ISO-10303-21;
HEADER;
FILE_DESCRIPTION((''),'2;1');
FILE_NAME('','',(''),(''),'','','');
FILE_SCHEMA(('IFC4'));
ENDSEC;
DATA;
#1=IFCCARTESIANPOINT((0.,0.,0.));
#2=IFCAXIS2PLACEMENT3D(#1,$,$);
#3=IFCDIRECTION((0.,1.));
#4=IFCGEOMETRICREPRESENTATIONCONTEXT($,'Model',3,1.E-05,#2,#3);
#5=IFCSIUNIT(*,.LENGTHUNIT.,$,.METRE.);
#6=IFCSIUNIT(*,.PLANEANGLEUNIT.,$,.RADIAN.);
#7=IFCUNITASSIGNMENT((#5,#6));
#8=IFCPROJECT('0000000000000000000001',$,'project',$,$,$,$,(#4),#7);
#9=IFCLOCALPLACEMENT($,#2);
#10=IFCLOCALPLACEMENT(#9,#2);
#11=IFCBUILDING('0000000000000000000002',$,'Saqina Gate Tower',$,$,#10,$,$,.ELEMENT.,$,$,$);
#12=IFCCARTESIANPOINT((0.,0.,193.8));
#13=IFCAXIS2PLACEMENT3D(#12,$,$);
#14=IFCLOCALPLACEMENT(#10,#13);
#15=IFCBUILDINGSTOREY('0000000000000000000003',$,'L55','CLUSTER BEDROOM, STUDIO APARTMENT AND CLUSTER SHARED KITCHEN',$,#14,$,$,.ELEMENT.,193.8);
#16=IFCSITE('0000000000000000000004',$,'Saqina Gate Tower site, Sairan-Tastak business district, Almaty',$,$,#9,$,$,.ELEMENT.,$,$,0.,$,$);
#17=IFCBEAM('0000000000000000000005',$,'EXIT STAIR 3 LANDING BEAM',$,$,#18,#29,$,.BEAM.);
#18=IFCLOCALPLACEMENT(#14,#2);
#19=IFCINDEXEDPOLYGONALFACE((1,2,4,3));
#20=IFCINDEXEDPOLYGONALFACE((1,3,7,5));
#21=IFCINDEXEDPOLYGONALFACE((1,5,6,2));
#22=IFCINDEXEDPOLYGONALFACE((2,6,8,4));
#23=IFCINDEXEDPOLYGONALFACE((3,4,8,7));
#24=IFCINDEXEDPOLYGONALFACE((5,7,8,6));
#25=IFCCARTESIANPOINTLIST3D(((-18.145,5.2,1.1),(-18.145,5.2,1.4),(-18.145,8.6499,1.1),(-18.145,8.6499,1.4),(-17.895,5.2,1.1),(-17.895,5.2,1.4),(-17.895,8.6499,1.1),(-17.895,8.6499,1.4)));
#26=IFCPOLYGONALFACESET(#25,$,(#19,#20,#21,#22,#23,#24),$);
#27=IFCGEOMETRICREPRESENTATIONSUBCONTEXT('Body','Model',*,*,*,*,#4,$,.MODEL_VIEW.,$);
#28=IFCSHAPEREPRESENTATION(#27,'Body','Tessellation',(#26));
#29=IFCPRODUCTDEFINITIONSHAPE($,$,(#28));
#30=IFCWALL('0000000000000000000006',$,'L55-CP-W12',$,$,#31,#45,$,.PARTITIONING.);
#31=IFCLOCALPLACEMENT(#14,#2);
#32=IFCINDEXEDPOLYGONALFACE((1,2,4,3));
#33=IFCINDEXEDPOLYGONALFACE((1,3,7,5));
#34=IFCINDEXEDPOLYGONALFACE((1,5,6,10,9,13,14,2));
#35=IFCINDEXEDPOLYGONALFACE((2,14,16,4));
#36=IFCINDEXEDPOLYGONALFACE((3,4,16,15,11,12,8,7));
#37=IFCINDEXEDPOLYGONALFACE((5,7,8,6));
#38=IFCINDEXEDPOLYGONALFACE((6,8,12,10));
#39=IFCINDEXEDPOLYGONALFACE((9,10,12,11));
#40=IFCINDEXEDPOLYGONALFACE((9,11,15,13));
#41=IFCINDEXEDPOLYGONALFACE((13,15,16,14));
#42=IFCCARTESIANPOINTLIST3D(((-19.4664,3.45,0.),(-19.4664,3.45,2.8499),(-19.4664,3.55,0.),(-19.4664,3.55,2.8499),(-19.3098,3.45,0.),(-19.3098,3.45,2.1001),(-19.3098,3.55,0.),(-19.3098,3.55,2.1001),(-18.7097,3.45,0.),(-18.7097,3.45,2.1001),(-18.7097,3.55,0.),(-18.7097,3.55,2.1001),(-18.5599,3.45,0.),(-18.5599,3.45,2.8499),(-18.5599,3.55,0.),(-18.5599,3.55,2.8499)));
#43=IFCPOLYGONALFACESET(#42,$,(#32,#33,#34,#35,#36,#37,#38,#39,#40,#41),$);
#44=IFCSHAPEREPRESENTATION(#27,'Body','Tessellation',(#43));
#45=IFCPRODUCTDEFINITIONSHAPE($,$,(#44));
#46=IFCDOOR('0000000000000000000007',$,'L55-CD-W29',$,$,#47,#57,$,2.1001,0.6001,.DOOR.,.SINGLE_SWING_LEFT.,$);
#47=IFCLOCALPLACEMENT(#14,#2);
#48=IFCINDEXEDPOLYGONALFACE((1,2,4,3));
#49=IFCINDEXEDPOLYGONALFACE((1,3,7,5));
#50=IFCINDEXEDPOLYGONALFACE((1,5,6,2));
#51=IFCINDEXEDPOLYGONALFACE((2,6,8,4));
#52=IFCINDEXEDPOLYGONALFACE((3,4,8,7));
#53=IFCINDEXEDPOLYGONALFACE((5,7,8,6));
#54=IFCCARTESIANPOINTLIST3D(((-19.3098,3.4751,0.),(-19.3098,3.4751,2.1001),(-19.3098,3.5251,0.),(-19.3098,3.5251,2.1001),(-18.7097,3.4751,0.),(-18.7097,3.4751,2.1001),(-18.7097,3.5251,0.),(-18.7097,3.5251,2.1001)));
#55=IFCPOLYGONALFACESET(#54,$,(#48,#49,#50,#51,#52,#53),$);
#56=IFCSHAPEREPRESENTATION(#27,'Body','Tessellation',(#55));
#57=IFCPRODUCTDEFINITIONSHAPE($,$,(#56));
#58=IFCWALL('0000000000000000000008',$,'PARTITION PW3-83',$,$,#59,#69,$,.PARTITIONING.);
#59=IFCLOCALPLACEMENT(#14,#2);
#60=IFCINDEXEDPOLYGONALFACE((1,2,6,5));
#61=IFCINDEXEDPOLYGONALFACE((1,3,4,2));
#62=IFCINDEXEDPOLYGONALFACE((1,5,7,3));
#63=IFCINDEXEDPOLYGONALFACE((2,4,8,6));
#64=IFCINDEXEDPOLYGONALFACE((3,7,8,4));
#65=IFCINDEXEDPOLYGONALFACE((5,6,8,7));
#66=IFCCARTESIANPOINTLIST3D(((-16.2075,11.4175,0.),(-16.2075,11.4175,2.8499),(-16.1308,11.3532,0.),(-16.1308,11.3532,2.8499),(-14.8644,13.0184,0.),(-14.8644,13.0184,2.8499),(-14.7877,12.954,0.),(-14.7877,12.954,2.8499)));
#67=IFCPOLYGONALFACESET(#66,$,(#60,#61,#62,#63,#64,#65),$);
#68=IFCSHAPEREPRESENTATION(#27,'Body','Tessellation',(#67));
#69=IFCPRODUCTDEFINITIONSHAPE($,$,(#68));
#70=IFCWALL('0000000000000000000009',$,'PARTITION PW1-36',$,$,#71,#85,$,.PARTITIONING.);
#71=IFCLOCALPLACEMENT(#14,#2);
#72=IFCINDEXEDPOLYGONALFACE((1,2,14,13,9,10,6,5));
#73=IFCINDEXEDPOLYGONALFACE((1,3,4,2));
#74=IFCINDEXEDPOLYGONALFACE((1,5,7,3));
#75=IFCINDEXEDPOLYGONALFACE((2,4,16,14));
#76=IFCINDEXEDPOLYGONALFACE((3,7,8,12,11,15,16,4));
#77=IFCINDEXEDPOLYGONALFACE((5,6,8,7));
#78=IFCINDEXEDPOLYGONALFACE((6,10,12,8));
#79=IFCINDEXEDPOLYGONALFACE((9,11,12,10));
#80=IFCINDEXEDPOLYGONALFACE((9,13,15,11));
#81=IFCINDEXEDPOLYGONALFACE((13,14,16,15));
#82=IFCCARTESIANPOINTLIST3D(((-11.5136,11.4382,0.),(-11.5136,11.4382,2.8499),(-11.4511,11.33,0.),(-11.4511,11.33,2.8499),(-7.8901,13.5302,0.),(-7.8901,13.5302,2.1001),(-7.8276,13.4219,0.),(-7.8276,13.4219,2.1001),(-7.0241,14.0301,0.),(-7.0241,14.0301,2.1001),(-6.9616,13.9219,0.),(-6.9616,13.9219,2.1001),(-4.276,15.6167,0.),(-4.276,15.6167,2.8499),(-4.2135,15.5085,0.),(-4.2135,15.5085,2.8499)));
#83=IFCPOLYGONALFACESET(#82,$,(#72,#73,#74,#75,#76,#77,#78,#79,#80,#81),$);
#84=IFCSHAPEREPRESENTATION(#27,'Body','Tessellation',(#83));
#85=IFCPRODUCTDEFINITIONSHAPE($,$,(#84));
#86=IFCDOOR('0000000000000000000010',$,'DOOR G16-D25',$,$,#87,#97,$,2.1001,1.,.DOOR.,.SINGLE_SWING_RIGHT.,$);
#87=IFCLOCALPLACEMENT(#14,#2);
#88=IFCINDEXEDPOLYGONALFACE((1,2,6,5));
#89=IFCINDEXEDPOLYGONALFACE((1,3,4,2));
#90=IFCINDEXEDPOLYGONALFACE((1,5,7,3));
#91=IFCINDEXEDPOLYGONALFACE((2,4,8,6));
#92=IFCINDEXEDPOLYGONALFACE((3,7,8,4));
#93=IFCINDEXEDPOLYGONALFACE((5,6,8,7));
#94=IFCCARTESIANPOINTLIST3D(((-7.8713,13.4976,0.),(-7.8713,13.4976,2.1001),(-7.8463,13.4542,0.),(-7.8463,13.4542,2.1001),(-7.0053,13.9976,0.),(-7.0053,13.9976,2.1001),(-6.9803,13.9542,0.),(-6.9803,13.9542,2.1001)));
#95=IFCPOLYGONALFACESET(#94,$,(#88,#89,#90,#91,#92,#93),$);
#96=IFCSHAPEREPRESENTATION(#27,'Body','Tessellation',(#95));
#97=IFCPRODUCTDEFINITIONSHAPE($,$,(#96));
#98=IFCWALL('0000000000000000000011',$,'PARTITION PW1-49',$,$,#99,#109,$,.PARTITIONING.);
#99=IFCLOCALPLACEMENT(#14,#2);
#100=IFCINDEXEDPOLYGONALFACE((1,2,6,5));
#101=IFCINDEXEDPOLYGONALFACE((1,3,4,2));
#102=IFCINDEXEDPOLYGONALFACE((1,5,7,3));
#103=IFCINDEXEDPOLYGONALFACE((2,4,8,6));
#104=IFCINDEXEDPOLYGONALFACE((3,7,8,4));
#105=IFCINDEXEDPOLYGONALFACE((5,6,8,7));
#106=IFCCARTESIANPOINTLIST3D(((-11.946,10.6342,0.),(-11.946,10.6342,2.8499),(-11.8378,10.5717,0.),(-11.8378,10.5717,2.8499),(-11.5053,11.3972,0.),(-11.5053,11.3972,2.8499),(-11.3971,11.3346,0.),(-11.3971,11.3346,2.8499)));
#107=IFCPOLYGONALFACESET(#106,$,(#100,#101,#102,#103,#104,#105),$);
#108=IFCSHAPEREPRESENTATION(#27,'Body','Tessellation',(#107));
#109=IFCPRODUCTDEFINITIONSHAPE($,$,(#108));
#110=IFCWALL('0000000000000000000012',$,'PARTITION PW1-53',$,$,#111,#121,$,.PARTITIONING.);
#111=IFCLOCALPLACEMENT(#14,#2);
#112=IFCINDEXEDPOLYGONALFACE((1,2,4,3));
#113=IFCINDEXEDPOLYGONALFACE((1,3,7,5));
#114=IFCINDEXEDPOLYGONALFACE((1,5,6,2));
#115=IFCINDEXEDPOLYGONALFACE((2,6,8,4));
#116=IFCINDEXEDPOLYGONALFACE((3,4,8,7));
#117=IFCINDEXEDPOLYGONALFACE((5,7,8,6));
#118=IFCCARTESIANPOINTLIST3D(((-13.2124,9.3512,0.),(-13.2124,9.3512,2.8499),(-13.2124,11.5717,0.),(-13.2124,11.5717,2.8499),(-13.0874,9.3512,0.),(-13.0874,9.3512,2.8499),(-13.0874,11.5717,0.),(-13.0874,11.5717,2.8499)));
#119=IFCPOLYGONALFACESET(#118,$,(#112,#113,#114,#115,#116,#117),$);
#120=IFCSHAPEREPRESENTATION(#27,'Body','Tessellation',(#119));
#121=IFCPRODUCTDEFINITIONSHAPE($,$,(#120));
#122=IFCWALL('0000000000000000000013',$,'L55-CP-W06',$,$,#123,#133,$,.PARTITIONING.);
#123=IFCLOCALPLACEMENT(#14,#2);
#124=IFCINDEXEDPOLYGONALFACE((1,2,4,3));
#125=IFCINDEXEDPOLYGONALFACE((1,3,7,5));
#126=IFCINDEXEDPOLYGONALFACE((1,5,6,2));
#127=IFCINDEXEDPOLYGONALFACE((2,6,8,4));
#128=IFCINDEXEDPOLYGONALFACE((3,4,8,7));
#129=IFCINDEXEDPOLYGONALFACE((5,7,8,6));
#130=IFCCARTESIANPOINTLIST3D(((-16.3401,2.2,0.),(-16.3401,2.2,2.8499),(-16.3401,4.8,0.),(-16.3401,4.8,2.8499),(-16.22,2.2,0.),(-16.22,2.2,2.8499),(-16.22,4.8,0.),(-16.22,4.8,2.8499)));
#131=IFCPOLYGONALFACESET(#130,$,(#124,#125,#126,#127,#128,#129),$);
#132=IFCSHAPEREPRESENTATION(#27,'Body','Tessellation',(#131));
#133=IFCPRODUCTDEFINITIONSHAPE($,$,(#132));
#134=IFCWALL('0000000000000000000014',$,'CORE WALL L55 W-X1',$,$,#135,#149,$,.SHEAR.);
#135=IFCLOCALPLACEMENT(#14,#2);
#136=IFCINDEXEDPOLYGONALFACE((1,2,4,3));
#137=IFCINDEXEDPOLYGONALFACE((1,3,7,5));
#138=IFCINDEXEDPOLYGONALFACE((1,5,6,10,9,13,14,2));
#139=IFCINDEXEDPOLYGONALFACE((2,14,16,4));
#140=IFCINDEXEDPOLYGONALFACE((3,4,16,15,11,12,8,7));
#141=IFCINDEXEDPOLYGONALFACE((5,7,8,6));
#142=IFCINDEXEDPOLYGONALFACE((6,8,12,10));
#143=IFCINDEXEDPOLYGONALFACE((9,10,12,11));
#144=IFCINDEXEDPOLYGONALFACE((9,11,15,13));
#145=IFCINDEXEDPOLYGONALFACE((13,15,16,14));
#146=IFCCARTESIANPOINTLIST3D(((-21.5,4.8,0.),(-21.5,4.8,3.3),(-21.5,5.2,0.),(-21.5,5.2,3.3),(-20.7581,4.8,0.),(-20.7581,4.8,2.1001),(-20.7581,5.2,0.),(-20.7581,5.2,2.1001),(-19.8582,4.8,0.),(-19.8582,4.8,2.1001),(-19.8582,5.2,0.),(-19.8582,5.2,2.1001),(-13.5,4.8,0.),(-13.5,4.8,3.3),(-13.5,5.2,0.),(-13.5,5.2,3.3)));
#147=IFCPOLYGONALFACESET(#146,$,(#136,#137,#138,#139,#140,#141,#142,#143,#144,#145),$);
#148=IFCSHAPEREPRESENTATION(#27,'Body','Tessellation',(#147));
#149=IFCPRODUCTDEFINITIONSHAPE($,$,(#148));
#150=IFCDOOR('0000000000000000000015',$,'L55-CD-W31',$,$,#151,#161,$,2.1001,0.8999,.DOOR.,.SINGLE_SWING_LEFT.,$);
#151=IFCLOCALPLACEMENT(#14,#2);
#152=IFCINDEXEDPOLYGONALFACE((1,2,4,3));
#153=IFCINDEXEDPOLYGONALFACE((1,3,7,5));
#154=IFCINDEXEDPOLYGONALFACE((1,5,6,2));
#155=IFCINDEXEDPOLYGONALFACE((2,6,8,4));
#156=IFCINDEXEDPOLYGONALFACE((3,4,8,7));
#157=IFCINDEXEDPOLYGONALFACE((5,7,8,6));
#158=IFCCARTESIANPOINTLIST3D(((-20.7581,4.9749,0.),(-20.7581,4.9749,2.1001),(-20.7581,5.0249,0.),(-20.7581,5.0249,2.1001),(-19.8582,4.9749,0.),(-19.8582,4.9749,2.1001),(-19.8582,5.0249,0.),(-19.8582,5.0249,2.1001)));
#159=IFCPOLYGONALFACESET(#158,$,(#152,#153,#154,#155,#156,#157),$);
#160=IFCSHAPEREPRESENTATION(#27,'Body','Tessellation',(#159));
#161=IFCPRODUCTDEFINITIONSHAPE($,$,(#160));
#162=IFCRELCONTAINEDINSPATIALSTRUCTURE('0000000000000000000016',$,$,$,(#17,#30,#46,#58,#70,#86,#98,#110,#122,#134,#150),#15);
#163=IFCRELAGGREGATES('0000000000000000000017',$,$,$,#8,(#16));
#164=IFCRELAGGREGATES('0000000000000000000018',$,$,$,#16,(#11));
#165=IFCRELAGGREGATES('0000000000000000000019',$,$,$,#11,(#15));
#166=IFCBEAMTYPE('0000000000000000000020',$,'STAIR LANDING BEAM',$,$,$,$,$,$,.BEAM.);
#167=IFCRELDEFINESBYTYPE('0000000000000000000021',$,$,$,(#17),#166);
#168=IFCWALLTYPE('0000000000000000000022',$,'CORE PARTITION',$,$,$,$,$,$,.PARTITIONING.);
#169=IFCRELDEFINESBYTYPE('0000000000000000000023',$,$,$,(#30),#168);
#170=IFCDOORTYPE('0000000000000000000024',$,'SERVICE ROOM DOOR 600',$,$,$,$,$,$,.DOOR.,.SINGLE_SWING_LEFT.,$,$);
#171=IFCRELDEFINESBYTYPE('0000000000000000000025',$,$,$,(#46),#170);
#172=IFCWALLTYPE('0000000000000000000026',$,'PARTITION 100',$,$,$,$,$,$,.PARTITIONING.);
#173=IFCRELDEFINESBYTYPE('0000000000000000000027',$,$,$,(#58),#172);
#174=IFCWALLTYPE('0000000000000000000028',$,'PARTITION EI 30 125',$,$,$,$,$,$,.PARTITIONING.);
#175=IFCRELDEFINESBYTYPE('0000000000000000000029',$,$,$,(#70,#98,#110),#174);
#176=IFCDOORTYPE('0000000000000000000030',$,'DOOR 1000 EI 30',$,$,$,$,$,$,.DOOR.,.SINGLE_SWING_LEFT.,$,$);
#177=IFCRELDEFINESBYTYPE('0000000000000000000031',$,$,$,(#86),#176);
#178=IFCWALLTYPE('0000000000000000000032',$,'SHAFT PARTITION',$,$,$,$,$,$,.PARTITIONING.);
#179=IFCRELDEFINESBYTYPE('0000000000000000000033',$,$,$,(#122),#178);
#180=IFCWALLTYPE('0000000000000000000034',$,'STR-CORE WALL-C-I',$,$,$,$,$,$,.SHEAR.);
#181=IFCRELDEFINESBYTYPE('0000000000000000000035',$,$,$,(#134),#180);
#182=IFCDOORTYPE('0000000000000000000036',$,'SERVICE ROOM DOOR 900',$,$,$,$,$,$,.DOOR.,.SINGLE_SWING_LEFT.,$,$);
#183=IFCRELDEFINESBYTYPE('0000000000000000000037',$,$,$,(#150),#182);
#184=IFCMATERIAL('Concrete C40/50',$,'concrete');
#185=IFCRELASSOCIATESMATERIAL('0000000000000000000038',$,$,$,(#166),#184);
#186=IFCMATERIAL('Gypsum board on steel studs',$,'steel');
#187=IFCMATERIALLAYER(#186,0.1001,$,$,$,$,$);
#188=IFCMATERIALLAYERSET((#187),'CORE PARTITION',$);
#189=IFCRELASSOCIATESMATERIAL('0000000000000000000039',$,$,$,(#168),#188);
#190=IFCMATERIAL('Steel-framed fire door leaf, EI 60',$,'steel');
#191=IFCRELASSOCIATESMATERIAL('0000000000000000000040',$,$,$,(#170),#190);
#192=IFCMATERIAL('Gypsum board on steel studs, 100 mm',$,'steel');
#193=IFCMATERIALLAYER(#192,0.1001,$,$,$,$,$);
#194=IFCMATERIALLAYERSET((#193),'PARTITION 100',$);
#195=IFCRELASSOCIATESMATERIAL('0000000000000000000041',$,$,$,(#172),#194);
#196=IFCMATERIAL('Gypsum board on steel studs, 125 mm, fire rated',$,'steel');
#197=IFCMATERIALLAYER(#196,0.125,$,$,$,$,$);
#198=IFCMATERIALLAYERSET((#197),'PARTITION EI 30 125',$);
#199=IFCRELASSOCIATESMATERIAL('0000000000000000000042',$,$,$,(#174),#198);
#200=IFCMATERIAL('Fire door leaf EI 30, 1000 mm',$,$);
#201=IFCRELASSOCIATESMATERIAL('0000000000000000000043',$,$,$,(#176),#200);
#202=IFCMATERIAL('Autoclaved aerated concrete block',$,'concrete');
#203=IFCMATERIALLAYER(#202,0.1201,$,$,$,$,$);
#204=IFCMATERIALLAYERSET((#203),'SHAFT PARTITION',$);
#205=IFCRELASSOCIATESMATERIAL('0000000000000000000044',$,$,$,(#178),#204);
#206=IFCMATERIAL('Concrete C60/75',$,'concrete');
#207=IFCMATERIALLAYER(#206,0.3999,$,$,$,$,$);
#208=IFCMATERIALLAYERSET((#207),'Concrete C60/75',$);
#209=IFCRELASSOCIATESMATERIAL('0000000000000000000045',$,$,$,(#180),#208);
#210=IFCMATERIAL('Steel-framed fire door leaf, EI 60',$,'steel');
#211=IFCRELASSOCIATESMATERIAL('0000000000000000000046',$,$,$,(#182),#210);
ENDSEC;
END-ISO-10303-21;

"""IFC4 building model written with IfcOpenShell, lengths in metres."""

from ifc_helpers import new_model, si_unit, direction, frame, frame_2d, origin, origin_2d, place, context, subcontext, project, spatial, rectangle, extrude, material, layer, layer_set, material_profile, profile_set, type_object, element, fill, save


model = new_model("IFC4")

# Units and contexts
model_context = context("Model", 3, precision=1e-05, world=origin(), true_north=direction((0.0, 1.0)))
body_context = subcontext(model_context, "Body", "Model", "MODEL_VIEW")
ifc_project = project(units=[si_unit("LENGTHUNIT", "METRE"), si_unit("PLANEANGLEUNIT", "RADIAN")], contexts=[model_context])

# Site, building, storey
site_placement = place(None, origin())
site = spatial("IfcSite", under=ifc_project, at=site_placement, Name="Saqina Gate Tower site, Sairan-Tastak business district, Almaty", CompositionType="ELEMENT", RefElevation=0.0)
building_placement = place(site_placement, origin())
building = spatial("IfcBuilding", under=site, at=building_placement, Name="Saqina Gate Tower", CompositionType="ELEMENT")
storey_placement = place(building_placement, frame((0.0, 0.0, 193.8)))
storey = spatial("IfcBuildingStorey", under=building, at=storey_placement, Name="L55", Description="CLUSTER BEDROOM, STUDIO APARTMENT AND CLUSTER SHARED KITCHEN", CompositionType="ELEMENT", Elevation=193.8)

# Beam
ifc_material_1 = material(Name="Concrete C40/50", Category="concrete")
ifc_material_profile = material_profile(ifc_material_1, rectangle(XDim=0.25, YDim=0.3, at=origin_2d()), Name="STAIR LANDING BEAM")
ifc_profile_set = profile_set([ifc_material_profile], Name="Concrete C40/50")
beam_type = type_object("IfcBeamType", Name="STAIR LANDING BEAM", PredefinedType="BEAM", material=ifc_profile_set)
beam_placement = place(storey_placement, frame((-18.02, 5.2, 1.25), z_axis=(0.0, 1.0, 0.0), x_axis=(-1.0, 0.0, 0.0)))
element("IfcBeam", 1, at=beam_placement, inside=storey, type_object=beam_type, Name="EXIT STAIR 3 LANDING BEAM", PredefinedType="BEAM", context=body_context, shape_type="SweptSolid", body=[
    extrude(rectangle(XDim=0.25, YDim=0.3, at=origin_2d()), origin(), (0.0, 0.0, 1.0), 3.45),
])

# Wall, opening, door
ifc_material_2 = material(Name="Gypsum board on steel studs", Category="steel")
ifc_layer_1 = layer(ifc_material_2, 0.1001)
ifc_layer_set_1 = layer_set([ifc_layer_1], Name="CORE PARTITION")
wall_type_1 = type_object("IfcWallType", Name="CORE PARTITION", PredefinedType="PARTITIONING", material=ifc_layer_set_1)
wall_1_placement = place(storey_placement, frame((-18.5601, 3.5, 0.0), z_axis=(0.0, 0.0, 1.0), x_axis=(-1.0, 0.0, 0.0)))
wall_1 = element("IfcWall", 2, at=wall_1_placement, inside=storey, type_object=wall_type_1, Name="L55-CP-W12", PredefinedType="PARTITIONING", context=body_context, shape_type="SweptSolid", body=[
    extrude(rectangle(XDim=0.9065, YDim=0.1001, at=frame_2d((0.4531, 0.0))), origin(), (0.0, 0.0, 1.0), 2.8499),
])
opening_1_placement = place(wall_1_placement, frame((0.1497, 0.0, 0.0)))
opening_1 = element("IfcOpeningElement", 3, at=opening_1_placement, cuts=wall_1, PredefinedType="OPENING", context=body_context, shape_type="SweptSolid", body=[
    extrude(rectangle(XDim=0.6001, YDim=2.1001, at=frame_2d((0.3, 1.05))), frame((0.0, 0.062, 0.0), z_axis=(0.0, -1.0, 0.0), x_axis=(1.0, 0.0, 0.0)), (0.0, 0.0, 1.0), 0.124),
])
ifc_material_3 = material(Name="Steel-framed fire door leaf, EI 60", Category="steel")
door_type_1 = type_object("IfcDoorType", Name="SERVICE ROOM DOOR 600", OperationType="SINGLE_SWING_LEFT", PredefinedType="DOOR", material=ifc_material_3)
door_1_placement = place(opening_1_placement, origin())
door_1 = element("IfcDoor", 4, at=door_1_placement, inside=storey, type_object=door_type_1, Name="L55-CD-W29", OperationType="SINGLE_SWING_LEFT", OverallHeight=2.1001, OverallWidth=0.6001, PredefinedType="DOOR", context=body_context, shape_type="SweptSolid", body=[
    extrude(rectangle(XDim=0.6001, YDim=2.1001, at=frame_2d((0.3, 1.05))), frame((0.0, 0.0249, 0.0), z_axis=(0.0, -1.0, 0.0), x_axis=(1.0, 0.0, 0.0)), (0.0, 0.0, 1.0), 0.05),
])
fill(opening_1, door_1)

# Wall
ifc_material_4 = material(Name="Gypsum board on steel studs, 100 mm", Category="steel")
ifc_layer_2 = layer(ifc_material_4, 0.1001)
ifc_layer_set_2 = layer_set([ifc_layer_2], Name="PARTITION 100")
wall_type_2 = type_object("IfcWallType", Name="PARTITION 100", PredefinedType="PARTITIONING", material=ifc_layer_set_2)
wall_2_placement = place(storey_placement, frame((-16.1692, 11.3853, 0.0), z_axis=(0.0, 0.0, 1.0), x_axis=(0.642721, 0.766101, 0.0)))
element("IfcWall", 5, at=wall_2_placement, inside=storey, type_object=wall_type_2, Name="PARTITION PW3-83", PredefinedType="PARTITIONING", context=body_context, shape_type="SweptSolid", body=[
    extrude(rectangle(XDim=2.0896, YDim=0.1001, at=frame_2d((1.0449, 0.0))), origin(), (0.0, 0.0, 1.0), 2.8499),
])

# Wall, opening, door
ifc_material_5 = material(Name="Gypsum board on steel studs, 125 mm, fire rated", Category="steel")
ifc_layer_3 = layer(ifc_material_5, 0.125)
ifc_layer_set_3 = layer_set([ifc_layer_3], Name="PARTITION EI 30 125")
wall_type_3 = type_object("IfcWallType", Name="PARTITION EI 30 125", PredefinedType="PARTITIONING", material=ifc_layer_set_3)
wall_3_placement = place(storey_placement, frame((-11.4824, 11.384, 0.0), z_axis=(0.0, 0.0, 1.0), x_axis=(0.866032, 0.499988, 0.0)))
wall_3 = element("IfcWall", 6, at=wall_3_placement, inside=storey, type_object=wall_type_3, Name="PARTITION PW1-36", PredefinedType="PARTITIONING", context=body_context, shape_type="SweptSolid", body=[
    extrude(rectangle(XDim=8.3572, YDim=0.125, at=frame_2d((4.1787, 0.0))), origin(), (0.0, 0.0, 1.0), 2.8499),
])
opening_2_placement = place(wall_3_placement, frame((4.1841, 0.0, 0.0)))
opening_2 = element("IfcOpeningElement", 7, at=opening_2_placement, cuts=wall_3, PredefinedType="OPENING", context=body_context, shape_type="SweptSolid", body=[
    extrude(rectangle(XDim=1.0, YDim=2.1001, at=frame_2d((0.5, 1.05))), frame((0.0, 0.0745, 0.0), z_axis=(0.0, -1.0, 0.0), x_axis=(1.0, 0.0, 0.0)), (0.0, 0.0, 1.0), 0.1489),
])
ifc_material_6 = material(Name="Fire door leaf EI 30, 1000 mm")
door_type_2 = type_object("IfcDoorType", Name="DOOR 1000 EI 30", OperationType="SINGLE_SWING_LEFT", PredefinedType="DOOR", material=ifc_material_6)
door_2_placement = place(opening_2_placement, origin())
door_2 = element("IfcDoor", 8, at=door_2_placement, inside=storey, type_object=door_type_2, Name="DOOR G16-D25", OperationType="SINGLE_SWING_RIGHT", OverallHeight=2.1001, OverallWidth=1.0, PredefinedType="DOOR", context=body_context, shape_type="SweptSolid", body=[
    extrude(rectangle(XDim=1.0, YDim=2.1001, at=frame_2d((0.5, 1.05))), frame((0.0, 0.0249, 0.0), z_axis=(0.0, -1.0, 0.0), x_axis=(1.0, 0.0, 0.0)), (0.0, 0.0, 1.0), 0.05),
])
fill(opening_2, door_2)

# Walls
wall_4_placement = place(storey_placement, frame((-11.8918, 10.603, 0.0), z_axis=(0.0, 0.0, 1.0), x_axis=(0.500162, 0.865932, 0.0)))
element("IfcWall", 9, at=wall_4_placement, inside=storey, type_object=wall_type_3, Name="PARTITION PW1-49", PredefinedType="PARTITIONING", context=body_context, shape_type="SweptSolid", body=[
    extrude(rectangle(XDim=0.8811, YDim=0.125, at=frame_2d((0.4404, 0.0))), origin(), (0.0, 0.0, 1.0), 2.8499),
])
wall_5_placement = place(storey_placement, frame((-13.1499, 9.3511, 0.0), z_axis=(0.0, 0.0, 1.0), x_axis=(0.0, 1.0, 0.0)))
element("IfcWall", 10, at=wall_5_placement, inside=storey, type_object=wall_type_3, Name="PARTITION PW1-53", PredefinedType="PARTITIONING", context=body_context, shape_type="SweptSolid", body=[
    extrude(rectangle(XDim=2.2205, YDim=0.125, at=frame_2d((1.1104, 0.0))), origin(), (0.0, 0.0, 1.0), 2.8499),
])
ifc_material_7 = material(Name="Autoclaved aerated concrete block", Category="concrete")
ifc_layer_4 = layer(ifc_material_7, 0.1201)
ifc_layer_set_4 = layer_set([ifc_layer_4], Name="SHAFT PARTITION")
wall_type_4 = type_object("IfcWallType", Name="SHAFT PARTITION", PredefinedType="PARTITIONING", material=ifc_layer_set_4)
wall_6_placement = place(storey_placement, frame((-16.28, 2.2, 0.0), z_axis=(0.0, 0.0, 1.0), x_axis=(0.0, 1.0, 0.0)))
element("IfcWall", 11, at=wall_6_placement, inside=storey, type_object=wall_type_4, Name="L55-CP-W06", PredefinedType="PARTITIONING", context=body_context, shape_type="SweptSolid", body=[
    extrude(rectangle(XDim=2.6001, YDim=0.1201, at=frame_2d((1.3, 0.0))), origin(), (0.0, 0.0, 1.0), 2.8499),
])

# Wall, opening, door
ifc_material_8 = material(Name="Concrete C60/75", Category="concrete")
ifc_layer_5 = layer(ifc_material_8, 0.3999)
ifc_layer_set_5 = layer_set([ifc_layer_5], Name="Concrete C60/75")
wall_type_5 = type_object("IfcWallType", Name="STR-CORE WALL-C-I", PredefinedType="SHEAR", material=ifc_layer_set_5)
wall_7_placement = place(storey_placement, frame((-13.5, 5.0, 0.0), z_axis=(0.0, 0.0, 1.0), x_axis=(-1.0, 0.0, 0.0)))
wall_7 = element("IfcWall", 12, at=wall_7_placement, inside=storey, type_object=wall_type_5, Name="CORE WALL L55 W-X1", PredefinedType="SHEAR", context=body_context, shape_type="SweptSolid", body=[
    extrude(rectangle(XDim=8.0, YDim=0.3999, at=frame_2d((4.0, 0.0))), origin(), (0.0, 0.0, 1.0), 3.3),
])
opening_3_placement = place(wall_7_placement, frame((6.3582, 0.0, 0.0)))
opening_3 = element("IfcOpeningElement", 13, at=opening_3_placement, cuts=wall_7, PredefinedType="OPENING", context=body_context, shape_type="SweptSolid", body=[
    extrude(rectangle(XDim=0.8999, YDim=2.1001, at=frame_2d((0.45, 1.05))), frame((0.0, 0.2119, 0.0), z_axis=(0.0, -1.0, 0.0), x_axis=(1.0, 0.0, 0.0)), (0.0, 0.0, 1.0), 0.4238),
])
ifc_material_9 = material(Name="Steel-framed fire door leaf, EI 60", Category="steel")
door_type_3 = type_object("IfcDoorType", Name="SERVICE ROOM DOOR 900", OperationType="SINGLE_SWING_LEFT", PredefinedType="DOOR", material=ifc_material_9)
door_3_placement = place(opening_3_placement, frame((0.8999, 0.0, 0.0), z_axis=(0.0, 0.0, 1.0), x_axis=(-1.0, 0.0, 0.0)))
door_3 = element("IfcDoor", 14, at=door_3_placement, inside=storey, type_object=door_type_3, Name="L55-CD-W31", OperationType="SINGLE_SWING_LEFT", OverallHeight=2.1001, OverallWidth=0.8999, PredefinedType="DOOR", context=body_context, shape_type="SweptSolid", body=[
    extrude(rectangle(XDim=0.8999, YDim=2.1001, at=frame_2d((0.45, 1.05))), frame((0.0, 0.0249, 0.0), z_axis=(0.0, -1.0, 0.0), x_axis=(1.0, 0.0, 0.0)), (0.0, 0.0, 1.0), 0.05),
])
fill(opening_3, door_3)

save(model, "model.ifc")
